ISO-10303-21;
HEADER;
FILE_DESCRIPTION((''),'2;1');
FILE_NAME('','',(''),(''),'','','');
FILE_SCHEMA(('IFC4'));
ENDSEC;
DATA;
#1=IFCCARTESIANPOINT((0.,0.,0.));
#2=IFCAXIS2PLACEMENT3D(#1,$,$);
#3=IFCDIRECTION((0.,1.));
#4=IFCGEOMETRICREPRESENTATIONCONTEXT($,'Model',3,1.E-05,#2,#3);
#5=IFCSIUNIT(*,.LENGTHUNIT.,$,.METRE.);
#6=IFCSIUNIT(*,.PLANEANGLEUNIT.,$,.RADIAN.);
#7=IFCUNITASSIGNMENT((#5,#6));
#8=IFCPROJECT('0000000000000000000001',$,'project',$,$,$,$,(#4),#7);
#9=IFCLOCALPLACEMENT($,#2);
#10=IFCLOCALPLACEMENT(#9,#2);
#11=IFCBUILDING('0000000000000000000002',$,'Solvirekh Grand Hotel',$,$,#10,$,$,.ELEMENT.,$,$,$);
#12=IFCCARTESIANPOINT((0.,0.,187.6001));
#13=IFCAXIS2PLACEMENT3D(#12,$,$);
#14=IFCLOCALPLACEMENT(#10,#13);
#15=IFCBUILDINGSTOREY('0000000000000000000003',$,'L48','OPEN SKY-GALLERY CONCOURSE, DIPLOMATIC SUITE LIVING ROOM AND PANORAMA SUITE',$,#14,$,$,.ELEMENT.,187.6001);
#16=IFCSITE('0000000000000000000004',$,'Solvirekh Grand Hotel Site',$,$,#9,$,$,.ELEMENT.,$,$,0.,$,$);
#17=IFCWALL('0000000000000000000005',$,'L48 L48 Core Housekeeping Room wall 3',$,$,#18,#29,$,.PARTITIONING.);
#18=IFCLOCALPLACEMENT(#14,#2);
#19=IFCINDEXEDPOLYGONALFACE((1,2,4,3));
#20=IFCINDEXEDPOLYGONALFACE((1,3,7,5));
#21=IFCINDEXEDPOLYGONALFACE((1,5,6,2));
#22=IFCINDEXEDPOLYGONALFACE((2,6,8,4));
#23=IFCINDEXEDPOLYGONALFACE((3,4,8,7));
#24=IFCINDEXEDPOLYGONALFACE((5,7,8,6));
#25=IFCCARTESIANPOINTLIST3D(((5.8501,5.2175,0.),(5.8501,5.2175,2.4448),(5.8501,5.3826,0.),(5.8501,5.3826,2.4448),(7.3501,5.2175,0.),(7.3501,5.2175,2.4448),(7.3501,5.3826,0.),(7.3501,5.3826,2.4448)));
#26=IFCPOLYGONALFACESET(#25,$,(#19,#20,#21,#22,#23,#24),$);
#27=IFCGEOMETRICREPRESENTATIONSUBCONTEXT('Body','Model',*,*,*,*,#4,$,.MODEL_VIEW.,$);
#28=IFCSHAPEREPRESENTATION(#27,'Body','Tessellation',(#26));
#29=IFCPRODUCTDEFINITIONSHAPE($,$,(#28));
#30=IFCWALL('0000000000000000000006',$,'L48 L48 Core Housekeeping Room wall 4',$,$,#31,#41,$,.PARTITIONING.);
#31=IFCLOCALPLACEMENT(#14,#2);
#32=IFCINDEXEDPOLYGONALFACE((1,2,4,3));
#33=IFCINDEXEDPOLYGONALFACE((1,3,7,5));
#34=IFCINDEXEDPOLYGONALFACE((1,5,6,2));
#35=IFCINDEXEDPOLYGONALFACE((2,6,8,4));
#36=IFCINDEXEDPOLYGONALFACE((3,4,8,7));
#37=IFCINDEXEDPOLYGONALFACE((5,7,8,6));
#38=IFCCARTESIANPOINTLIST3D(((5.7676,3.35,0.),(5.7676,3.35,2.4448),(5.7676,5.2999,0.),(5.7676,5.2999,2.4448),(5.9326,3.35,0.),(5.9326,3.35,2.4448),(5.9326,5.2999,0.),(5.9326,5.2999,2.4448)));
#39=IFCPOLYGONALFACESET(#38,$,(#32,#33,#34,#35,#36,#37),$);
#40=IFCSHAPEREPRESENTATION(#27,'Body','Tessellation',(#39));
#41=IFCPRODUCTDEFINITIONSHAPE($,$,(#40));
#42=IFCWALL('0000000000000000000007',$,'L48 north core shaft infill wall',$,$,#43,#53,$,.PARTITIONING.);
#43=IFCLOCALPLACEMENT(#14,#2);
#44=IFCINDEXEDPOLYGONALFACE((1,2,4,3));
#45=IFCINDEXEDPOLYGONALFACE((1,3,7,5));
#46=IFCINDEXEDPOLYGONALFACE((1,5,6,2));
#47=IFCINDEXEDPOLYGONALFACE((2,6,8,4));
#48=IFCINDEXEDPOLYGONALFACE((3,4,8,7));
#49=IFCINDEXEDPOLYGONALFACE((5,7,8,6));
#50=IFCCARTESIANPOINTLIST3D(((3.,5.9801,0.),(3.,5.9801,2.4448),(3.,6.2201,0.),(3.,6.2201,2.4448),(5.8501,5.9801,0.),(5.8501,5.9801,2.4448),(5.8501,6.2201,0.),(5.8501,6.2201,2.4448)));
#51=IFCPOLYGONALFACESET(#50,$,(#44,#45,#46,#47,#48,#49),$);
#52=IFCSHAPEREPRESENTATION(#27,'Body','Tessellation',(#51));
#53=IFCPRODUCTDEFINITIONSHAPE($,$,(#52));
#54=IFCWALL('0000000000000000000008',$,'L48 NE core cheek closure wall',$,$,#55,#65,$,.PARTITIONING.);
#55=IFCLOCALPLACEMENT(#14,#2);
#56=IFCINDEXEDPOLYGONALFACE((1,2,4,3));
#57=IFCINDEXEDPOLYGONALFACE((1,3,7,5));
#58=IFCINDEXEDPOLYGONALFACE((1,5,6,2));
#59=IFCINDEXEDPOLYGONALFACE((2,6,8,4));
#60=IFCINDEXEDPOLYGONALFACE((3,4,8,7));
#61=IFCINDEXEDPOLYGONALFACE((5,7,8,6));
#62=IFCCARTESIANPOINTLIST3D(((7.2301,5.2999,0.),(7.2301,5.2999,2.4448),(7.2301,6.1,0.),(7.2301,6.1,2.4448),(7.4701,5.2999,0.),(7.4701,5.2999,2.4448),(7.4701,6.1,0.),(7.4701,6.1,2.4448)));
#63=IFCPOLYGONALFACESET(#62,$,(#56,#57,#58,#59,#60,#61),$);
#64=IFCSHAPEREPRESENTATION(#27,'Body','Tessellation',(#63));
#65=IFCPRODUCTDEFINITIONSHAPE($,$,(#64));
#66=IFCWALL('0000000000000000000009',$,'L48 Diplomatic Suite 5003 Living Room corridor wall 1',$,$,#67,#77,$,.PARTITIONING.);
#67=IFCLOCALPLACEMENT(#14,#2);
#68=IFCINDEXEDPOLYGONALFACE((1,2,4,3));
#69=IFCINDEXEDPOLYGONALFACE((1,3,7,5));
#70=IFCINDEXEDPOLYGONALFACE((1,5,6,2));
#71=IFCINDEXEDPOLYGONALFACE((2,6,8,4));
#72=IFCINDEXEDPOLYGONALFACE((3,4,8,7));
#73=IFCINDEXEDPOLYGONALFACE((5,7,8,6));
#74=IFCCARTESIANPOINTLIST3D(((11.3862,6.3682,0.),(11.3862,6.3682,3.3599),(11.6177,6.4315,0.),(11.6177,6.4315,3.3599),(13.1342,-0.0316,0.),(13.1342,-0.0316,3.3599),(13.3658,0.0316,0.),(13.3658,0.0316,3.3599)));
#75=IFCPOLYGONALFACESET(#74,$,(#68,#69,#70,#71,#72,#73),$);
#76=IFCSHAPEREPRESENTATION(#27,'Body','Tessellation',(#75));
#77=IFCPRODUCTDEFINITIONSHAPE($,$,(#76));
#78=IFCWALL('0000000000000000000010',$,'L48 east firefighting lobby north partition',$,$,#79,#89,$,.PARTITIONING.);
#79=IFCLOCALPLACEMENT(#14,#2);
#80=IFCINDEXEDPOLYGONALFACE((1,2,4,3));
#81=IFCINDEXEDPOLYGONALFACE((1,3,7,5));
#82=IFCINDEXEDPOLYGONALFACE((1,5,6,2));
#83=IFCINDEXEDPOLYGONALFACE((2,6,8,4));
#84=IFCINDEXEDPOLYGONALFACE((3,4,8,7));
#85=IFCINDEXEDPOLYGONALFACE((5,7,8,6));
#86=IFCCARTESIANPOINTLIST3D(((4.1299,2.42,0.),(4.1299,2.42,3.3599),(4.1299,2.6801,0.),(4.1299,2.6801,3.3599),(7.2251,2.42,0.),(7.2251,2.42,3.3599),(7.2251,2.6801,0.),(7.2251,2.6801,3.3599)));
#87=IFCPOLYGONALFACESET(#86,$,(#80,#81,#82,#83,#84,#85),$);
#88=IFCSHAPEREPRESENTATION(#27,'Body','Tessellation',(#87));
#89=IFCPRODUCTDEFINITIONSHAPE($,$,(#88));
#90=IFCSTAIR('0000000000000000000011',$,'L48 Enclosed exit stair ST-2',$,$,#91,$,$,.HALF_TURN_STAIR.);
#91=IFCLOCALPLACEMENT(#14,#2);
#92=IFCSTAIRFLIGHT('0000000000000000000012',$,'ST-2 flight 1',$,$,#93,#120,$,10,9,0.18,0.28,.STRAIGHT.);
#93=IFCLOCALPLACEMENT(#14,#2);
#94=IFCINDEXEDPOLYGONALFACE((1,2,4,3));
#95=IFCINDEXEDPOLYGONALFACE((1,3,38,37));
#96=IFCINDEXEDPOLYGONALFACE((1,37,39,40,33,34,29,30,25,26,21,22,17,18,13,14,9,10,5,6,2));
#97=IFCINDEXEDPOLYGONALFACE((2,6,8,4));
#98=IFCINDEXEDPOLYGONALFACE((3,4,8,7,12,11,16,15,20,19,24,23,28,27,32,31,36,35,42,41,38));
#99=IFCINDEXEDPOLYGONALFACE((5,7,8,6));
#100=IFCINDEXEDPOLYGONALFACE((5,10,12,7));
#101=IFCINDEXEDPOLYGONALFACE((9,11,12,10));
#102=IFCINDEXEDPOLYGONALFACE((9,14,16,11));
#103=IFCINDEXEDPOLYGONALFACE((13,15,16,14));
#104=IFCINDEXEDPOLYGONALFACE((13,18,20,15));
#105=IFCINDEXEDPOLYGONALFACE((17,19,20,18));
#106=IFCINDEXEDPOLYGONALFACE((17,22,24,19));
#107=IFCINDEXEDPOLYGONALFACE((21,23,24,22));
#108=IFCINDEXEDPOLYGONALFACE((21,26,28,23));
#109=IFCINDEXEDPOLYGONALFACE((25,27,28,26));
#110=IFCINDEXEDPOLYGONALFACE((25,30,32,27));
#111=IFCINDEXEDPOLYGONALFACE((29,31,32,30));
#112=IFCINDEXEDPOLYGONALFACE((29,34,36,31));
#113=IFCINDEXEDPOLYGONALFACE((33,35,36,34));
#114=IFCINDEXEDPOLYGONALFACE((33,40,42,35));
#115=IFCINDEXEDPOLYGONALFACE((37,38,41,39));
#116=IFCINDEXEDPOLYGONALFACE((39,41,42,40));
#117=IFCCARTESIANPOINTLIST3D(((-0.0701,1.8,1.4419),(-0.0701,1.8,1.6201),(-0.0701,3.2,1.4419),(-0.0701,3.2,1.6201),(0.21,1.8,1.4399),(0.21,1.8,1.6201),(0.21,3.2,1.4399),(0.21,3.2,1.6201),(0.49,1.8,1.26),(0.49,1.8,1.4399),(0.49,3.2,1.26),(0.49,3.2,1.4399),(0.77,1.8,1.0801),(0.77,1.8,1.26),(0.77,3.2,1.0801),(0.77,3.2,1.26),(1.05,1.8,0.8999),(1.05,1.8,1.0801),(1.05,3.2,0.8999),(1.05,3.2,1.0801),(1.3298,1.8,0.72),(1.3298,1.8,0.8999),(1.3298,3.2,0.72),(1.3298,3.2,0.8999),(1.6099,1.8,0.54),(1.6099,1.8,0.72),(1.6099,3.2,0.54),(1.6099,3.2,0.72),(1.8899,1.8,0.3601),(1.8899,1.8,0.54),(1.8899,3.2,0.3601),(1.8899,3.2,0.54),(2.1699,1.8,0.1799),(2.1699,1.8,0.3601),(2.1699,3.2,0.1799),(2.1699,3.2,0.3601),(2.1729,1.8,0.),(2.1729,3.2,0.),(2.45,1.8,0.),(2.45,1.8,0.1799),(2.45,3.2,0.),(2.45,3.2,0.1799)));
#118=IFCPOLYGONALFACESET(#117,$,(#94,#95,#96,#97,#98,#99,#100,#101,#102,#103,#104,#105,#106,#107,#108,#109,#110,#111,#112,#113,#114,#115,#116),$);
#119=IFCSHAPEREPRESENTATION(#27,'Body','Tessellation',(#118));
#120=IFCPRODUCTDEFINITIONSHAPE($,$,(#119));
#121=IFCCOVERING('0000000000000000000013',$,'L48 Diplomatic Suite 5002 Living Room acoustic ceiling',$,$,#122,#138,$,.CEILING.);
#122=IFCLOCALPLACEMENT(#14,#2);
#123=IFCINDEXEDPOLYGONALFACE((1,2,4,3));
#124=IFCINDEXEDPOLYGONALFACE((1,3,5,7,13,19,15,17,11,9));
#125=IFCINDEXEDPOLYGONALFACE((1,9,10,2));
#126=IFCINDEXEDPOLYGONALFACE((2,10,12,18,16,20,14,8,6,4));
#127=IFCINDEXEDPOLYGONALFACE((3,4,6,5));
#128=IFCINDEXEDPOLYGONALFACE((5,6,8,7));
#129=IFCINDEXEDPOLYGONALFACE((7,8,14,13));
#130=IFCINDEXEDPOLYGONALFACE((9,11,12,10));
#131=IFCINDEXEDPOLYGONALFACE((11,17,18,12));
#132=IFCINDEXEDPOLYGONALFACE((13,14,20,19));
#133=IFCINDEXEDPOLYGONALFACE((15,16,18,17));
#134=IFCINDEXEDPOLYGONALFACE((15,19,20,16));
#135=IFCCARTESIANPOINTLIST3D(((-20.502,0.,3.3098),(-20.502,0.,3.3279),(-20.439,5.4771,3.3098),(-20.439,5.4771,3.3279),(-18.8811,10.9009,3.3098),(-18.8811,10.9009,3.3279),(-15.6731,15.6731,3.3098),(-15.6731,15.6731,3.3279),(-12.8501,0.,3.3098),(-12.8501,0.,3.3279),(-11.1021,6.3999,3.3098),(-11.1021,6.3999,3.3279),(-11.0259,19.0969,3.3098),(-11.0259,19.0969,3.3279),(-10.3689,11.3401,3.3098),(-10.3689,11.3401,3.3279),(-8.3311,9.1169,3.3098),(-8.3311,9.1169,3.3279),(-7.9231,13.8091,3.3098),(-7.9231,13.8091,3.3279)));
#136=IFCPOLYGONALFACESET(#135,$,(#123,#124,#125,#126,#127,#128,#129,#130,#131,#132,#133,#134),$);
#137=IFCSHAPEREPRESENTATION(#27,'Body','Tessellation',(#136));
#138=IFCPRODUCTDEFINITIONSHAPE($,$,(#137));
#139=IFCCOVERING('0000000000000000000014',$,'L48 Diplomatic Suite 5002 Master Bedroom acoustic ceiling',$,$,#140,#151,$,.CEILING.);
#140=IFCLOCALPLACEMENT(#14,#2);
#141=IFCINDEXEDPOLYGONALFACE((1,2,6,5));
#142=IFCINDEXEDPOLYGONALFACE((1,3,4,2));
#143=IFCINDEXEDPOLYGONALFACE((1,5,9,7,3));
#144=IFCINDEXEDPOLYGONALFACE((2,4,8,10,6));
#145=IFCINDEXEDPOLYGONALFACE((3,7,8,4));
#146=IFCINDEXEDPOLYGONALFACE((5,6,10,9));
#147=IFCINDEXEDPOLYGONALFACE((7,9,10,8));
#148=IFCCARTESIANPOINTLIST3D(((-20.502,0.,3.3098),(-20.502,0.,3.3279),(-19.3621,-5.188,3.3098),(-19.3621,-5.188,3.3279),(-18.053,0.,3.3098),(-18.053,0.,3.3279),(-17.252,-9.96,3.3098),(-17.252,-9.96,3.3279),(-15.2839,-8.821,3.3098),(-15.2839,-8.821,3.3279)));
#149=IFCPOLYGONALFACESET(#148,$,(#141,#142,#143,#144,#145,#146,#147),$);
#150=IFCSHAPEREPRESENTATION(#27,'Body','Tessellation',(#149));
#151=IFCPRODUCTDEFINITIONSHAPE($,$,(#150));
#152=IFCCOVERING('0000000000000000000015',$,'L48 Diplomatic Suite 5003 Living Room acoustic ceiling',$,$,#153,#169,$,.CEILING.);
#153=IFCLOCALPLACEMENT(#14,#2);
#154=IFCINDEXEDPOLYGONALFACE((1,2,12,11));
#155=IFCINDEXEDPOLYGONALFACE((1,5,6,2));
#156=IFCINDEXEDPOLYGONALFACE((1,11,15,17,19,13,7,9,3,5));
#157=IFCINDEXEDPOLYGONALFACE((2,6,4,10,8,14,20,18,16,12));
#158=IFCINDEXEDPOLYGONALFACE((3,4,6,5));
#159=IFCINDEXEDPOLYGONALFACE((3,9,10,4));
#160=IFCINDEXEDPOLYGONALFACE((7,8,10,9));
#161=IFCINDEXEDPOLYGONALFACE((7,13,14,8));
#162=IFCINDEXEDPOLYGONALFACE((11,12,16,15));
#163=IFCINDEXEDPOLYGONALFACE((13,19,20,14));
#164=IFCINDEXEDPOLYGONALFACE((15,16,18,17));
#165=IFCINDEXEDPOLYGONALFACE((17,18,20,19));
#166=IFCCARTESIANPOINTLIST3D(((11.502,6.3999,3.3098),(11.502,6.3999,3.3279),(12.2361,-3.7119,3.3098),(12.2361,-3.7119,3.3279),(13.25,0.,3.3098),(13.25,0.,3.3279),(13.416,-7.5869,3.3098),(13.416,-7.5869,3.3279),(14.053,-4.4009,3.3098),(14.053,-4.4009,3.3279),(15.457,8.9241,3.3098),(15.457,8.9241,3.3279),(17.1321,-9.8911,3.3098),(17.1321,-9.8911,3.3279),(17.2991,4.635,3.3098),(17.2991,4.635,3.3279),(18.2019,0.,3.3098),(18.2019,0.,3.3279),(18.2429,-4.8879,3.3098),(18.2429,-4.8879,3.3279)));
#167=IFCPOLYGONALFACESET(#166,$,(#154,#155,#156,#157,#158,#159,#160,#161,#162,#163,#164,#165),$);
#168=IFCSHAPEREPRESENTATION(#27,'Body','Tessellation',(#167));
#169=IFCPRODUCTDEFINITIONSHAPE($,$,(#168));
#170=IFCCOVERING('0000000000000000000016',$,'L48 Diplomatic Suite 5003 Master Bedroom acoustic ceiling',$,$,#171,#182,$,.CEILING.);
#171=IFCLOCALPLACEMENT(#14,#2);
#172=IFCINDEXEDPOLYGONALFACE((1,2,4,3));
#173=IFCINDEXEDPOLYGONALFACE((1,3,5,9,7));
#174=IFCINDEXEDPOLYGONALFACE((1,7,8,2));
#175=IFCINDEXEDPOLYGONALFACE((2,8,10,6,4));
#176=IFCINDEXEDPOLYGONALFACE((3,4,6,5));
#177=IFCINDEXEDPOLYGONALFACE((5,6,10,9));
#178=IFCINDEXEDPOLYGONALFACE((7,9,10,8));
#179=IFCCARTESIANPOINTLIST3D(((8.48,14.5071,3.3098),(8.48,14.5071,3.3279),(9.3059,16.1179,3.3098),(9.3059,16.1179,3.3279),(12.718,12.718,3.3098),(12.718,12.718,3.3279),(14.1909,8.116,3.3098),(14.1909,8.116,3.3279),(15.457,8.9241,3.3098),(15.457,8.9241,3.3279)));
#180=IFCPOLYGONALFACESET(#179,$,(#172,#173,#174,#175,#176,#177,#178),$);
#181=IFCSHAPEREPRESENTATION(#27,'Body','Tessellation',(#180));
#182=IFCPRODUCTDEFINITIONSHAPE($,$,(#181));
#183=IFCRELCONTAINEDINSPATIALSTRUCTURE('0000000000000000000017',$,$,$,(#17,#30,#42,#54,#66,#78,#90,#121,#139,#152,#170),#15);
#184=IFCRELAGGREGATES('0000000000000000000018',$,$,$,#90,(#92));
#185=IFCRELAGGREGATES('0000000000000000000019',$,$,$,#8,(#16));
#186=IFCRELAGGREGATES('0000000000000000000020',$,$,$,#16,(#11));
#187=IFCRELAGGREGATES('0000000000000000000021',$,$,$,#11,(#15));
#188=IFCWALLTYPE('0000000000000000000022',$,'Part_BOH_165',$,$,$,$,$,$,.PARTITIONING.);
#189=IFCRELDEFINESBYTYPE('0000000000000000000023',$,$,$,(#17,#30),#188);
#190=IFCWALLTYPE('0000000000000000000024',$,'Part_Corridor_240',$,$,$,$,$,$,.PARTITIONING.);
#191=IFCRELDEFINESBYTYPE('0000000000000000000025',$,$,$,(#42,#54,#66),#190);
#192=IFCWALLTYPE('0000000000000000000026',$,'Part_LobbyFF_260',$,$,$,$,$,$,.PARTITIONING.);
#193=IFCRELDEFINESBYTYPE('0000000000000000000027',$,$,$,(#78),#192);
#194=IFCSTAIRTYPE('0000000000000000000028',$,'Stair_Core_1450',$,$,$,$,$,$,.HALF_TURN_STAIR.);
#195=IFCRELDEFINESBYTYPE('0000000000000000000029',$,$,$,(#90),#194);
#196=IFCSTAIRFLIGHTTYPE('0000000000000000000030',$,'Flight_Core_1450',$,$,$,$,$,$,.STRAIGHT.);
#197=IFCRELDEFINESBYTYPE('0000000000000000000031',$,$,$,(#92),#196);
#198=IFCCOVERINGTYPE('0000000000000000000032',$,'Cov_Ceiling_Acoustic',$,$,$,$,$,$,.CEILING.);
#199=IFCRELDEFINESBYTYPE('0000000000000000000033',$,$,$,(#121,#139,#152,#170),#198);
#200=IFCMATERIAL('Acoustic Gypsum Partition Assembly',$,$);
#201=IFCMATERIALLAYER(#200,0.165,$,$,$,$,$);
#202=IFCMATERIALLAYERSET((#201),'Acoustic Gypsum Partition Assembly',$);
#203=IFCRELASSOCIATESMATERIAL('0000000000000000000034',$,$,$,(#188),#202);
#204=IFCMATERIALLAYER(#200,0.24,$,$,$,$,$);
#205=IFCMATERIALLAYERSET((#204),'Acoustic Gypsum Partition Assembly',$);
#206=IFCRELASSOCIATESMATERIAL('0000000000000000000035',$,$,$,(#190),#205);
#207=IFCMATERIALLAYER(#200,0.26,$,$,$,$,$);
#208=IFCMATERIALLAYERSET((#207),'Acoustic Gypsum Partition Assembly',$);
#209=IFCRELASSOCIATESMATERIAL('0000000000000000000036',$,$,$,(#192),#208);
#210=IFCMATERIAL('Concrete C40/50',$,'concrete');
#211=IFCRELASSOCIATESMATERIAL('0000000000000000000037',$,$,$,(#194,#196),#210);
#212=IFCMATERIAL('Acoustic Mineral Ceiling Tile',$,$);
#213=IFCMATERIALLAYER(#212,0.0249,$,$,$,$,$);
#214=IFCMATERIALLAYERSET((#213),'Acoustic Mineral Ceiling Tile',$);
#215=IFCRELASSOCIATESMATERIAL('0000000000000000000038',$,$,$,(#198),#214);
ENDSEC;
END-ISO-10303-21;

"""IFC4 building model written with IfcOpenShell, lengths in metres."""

from ifc_helpers import new_model, si_unit, direction, frame, frame_2d, origin, place, context, subcontext, project, spatial, polyline, rectangle, outline, extrude, material, layer, layer_set, type_object, element, aggregate, save


model = new_model("IFC4")

# Units and contexts
model_context = context("Model", 3, precision=1e-05, world=origin(), true_north=direction((0.0, 1.0)))
body_context = subcontext(model_context, "Body", "Model", "MODEL_VIEW")
ifc_project = project(units=[si_unit("LENGTHUNIT", "METRE"), si_unit("PLANEANGLEUNIT", "RADIAN")], contexts=[model_context])

# Site, building, storey
site_placement = place(None, origin())
site = spatial("IfcSite", under=ifc_project, at=site_placement, Name="Solvirekh Grand Hotel Site", CompositionType="ELEMENT", RefElevation=0.0)
building_placement = place(site_placement, origin())
building = spatial("IfcBuilding", under=site, at=building_placement, Name="Solvirekh Grand Hotel", CompositionType="ELEMENT")
storey_placement = place(building_placement, frame((0.0, 0.0, 187.6001)))
storey = spatial("IfcBuildingStorey", under=building, at=storey_placement, Name="L48", Description="OPEN SKY-GALLERY CONCOURSE, DIPLOMATIC SUITE LIVING ROOM AND PANORAMA SUITE", CompositionType="ELEMENT", Elevation=187.6001)

# Shared definitions
ifc_material_1 = material(Name="Concrete C40/50", Category="concrete")

# Shared definitions
ifc_material_2 = material(Name="Acoustic Gypsum Partition Assembly")
ifc_layer_1 = layer(ifc_material_2, 0.165)
ifc_layer_set_1 = layer_set([ifc_layer_1], Name="Acoustic Gypsum Partition Assembly")
wall_type_1 = type_object("IfcWallType", Name="Part_BOH_165", PredefinedType="PARTITIONING", material=ifc_layer_set_1)

# Walls
wall_1_placement = place(storey_placement, frame((7.3501, 5.3, 0.0), z_axis=(0.0, 0.0, 1.0), x_axis=(-1.0, 0.0, 0.0)))
element("IfcWall", 1, at=wall_1_placement, inside=storey, type_object=wall_type_1, Name="L48 L48 Core Housekeeping Room wall 3", PredefinedType="PARTITIONING", context=body_context, shape_type="SweptSolid", body=[
    extrude(rectangle(XDim=1.5, YDim=0.165, at=frame_2d((0.75, 0.0))), origin(), (0.0, 0.0, 1.0), 2.4448),
])
wall_2_placement = place(storey_placement, frame((5.8501, 5.3, 0.0), z_axis=(0.0, 0.0, 1.0), x_axis=(0.0, -1.0, 0.0)))
element("IfcWall", 2, at=wall_2_placement, inside=storey, type_object=wall_type_1, Name="L48 L48 Core Housekeeping Room wall 4", PredefinedType="PARTITIONING", context=body_context, shape_type="SweptSolid", body=[
    extrude(rectangle(XDim=1.95, YDim=0.165, at=frame_2d((0.9751, 0.0))), origin(), (0.0, 0.0, 1.0), 2.4448),
])
ifc_layer_2 = layer(ifc_material_2, 0.24)
ifc_layer_set_2 = layer_set([ifc_layer_2], Name="Acoustic Gypsum Partition Assembly")
wall_type_2 = type_object("IfcWallType", Name="Part_Corridor_240", PredefinedType="PARTITIONING", material=ifc_layer_set_2)
wall_3_placement = place(storey_placement, frame((3.0, 6.1001, 0.0), z_axis=(0.0, 0.0, 1.0), x_axis=(1.0, 0.0, 0.0)))
element("IfcWall", 3, at=wall_3_placement, inside=storey, type_object=wall_type_2, Name="L48 north core shaft infill wall", PredefinedType="PARTITIONING", context=body_context, shape_type="SweptSolid", body=[
    extrude(rectangle(XDim=2.8501, YDim=0.24, at=frame_2d((1.425, 0.0))), origin(), (0.0, 0.0, 1.0), 2.4448),
])
wall_4_placement = place(storey_placement, frame((7.3501, 5.3, 0.0), z_axis=(0.0, 0.0, 1.0), x_axis=(0.0, 1.0, 0.0)))
element("IfcWall", 4, at=wall_4_placement, inside=storey, type_object=wall_type_2, Name="L48 NE core cheek closure wall", PredefinedType="PARTITIONING", context=body_context, shape_type="SweptSolid", body=[
    extrude(rectangle(XDim=0.8, YDim=0.24, at=frame_2d((0.3999, 0.0))), origin(), (0.0, 0.0, 1.0), 2.4448),
])
wall_5_placement = place(storey_placement, frame((13.25, 0.0, 0.0), z_axis=(0.0, 0.0, 1.0), x_axis=(-0.263485, 0.964664, 0.0)))
element("IfcWall", 5, at=wall_5_placement, inside=storey, type_object=wall_type_2, Name="L48 Diplomatic Suite 5003 Living Room corridor wall 1", PredefinedType="PARTITIONING", context=body_context, shape_type="SweptSolid", body=[
    extrude(rectangle(XDim=6.6343, YDim=0.24, at=frame_2d((3.3171, 0.0))), origin(), (0.0, 0.0, 1.0), 3.3599),
])
ifc_layer_3 = layer(ifc_material_2, 0.26)
ifc_layer_set_3 = layer_set([ifc_layer_3], Name="Acoustic Gypsum Partition Assembly")
wall_type_3 = type_object("IfcWallType", Name="Part_LobbyFF_260", PredefinedType="PARTITIONING", material=ifc_layer_set_3)
wall_6_placement = place(storey_placement, frame((4.1299, 2.55, 0.0), z_axis=(0.0, 0.0, 1.0), x_axis=(1.0, 0.0, 0.0)))
element("IfcWall", 6, at=wall_6_placement, inside=storey, type_object=wall_type_3, Name="L48 east firefighting lobby north partition", PredefinedType="PARTITIONING", context=body_context, shape_type="SweptSolid", body=[
    extrude(rectangle(XDim=3.0952, YDim=0.26, at=frame_2d((1.5476, 0.0))), origin(), (0.0, 0.0, 1.0), 3.3599),
])

# Stair, stair flight
stair_type = type_object("IfcStairType", Name="Stair_Core_1450", PredefinedType="HALF_TURN_STAIR", material=ifc_material_1)
stair_placement = place(storey_placement, origin())
stair = element("IfcStair", 7, at=stair_placement, inside=storey, type_object=stair_type, Name="L48 Enclosed exit stair ST-2", PredefinedType="HALF_TURN_STAIR")
stair_flight_type = type_object("IfcStairFlightType", Name="Flight_Core_1450", PredefinedType="STRAIGHT", material=ifc_material_1)
stair_flight_placement = place(storey_placement, frame((2.45, 2.5, 0.0), z_axis=(0.0, 0.0, 1.0), x_axis=(-1.0, 0.0, 0.0)))
stair_flight = element("IfcStairFlight", 8, at=stair_flight_placement, type_object=stair_flight_type, Name="ST-2 flight 1", NumberOfRisers=10, NumberOfTreads=9, PredefinedType="STRAIGHT", RiserHeight=0.18, TreadLength=0.28, context=body_context, shape_type="SweptSolid", body=[
    extrude(outline(polyline([(0.0, 0.0), (0.0, 0.1799), (0.28, 0.1799), (0.28, 0.3601), (0.5601, 0.3601), (0.5601, 0.54), (0.8401, 0.54), (0.8401, 0.72), (1.1201, 0.72), (1.1201, 0.8999), (1.3999, 0.8999), (1.3999, 1.0801), (1.6799, 1.0801), (1.6799, 1.26), (1.96, 1.26), (1.96, 1.4399), (2.24, 1.4399), (2.24, 1.6201), (2.52, 1.6201), (2.52, 1.8), (2.52, 1.4419), (0.2771, 0.0), (0.0, 0.0)])), frame((0.0, 0.7, 0.0), z_axis=(0.0, -1.0, 0.0), x_axis=(1.0, 0.0, 0.0)), (0.0, 0.0, 1.0), 1.3999),
])
aggregate(stair, [stair_flight])

# Coverings
ifc_material_3 = material(Name="Acoustic Mineral Ceiling Tile")
ifc_layer_4 = layer(ifc_material_3, 0.0249)
ifc_layer_set_4 = layer_set([ifc_layer_4], Name="Acoustic Mineral Ceiling Tile")
covering_type_1 = type_object("IfcCoveringType", Name="Cov_Ceiling_Acoustic", PredefinedType="CEILING", material=ifc_layer_set_4)
covering_1_placement = place(storey_placement, frame((0.0, 0.0, 3.3098)))
element("IfcCovering", 9, at=covering_1_placement, inside=storey, type_object=covering_type_1, Name="L48 Diplomatic Suite 5002 Living Room acoustic ceiling", PredefinedType="CEILING", context=body_context, shape_type="SweptSolid", body=[
    extrude(outline(polyline([(-10.3689, 11.3401), (-7.9231, 13.8091), (-11.0259, 19.0969), (-15.6731, 15.6731), (-18.8811, 10.9009), (-20.439, 5.4771), (-20.502, 0.0), (-12.8501, 0.0), (-11.1021, 6.3999), (-8.3311, 9.1169), (-10.3689, 11.3401)])), origin(), (0.0, 0.0, 1.0), 0.0181),
])
covering_2_placement = place(storey_placement, frame((0.0, 0.0, 3.3098)))
element("IfcCovering", 10, at=covering_2_placement, inside=storey, type_object=covering_type_1, Name="L48 Diplomatic Suite 5002 Master Bedroom acoustic ceiling", PredefinedType="CEILING", context=body_context, shape_type="SweptSolid", body=[
    extrude(outline(polyline([(-20.502, 0.0), (-19.3621, -5.188), (-17.252, -9.96), (-15.2839, -8.821), (-18.053, 0.0), (-20.502, 0.0)])), origin(), (0.0, 0.0, 1.0), 0.0181),
])
covering_3_placement = place(storey_placement, frame((0.0, 0.0, 3.3098)))
element("IfcCovering", 11, at=covering_3_placement, inside=storey, type_object=covering_type_1, Name="L48 Diplomatic Suite 5003 Living Room acoustic ceiling", PredefinedType="CEILING", context=body_context, shape_type="SweptSolid", body=[
    extrude(outline(polyline([(14.053, -4.4009), (13.416, -7.5869), (17.1321, -9.8911), (18.2429, -4.8879), (18.2019, 0.0), (17.2991, 4.635), (15.457, 8.9241), (11.502, 6.3999), (13.25, 0.0), (12.2361, -3.7119), (14.053, -4.4009)])), origin(), (0.0, 0.0, 1.0), 0.0181),
])
covering_4_placement = place(storey_placement, frame((0.0, 0.0, 3.3098)))
element("IfcCovering", 12, at=covering_4_placement, inside=storey, type_object=covering_type_1, Name="L48 Diplomatic Suite 5003 Master Bedroom acoustic ceiling", PredefinedType="CEILING", context=body_context, shape_type="SweptSolid", body=[
    extrude(outline(polyline([(15.457, 8.9241), (12.718, 12.718), (9.3059, 16.1179), (8.48, 14.5071), (14.1909, 8.116), (15.457, 8.9241)])), origin(), (0.0, 0.0, 1.0), 0.0181),
])

save(model, "model.ifc")
